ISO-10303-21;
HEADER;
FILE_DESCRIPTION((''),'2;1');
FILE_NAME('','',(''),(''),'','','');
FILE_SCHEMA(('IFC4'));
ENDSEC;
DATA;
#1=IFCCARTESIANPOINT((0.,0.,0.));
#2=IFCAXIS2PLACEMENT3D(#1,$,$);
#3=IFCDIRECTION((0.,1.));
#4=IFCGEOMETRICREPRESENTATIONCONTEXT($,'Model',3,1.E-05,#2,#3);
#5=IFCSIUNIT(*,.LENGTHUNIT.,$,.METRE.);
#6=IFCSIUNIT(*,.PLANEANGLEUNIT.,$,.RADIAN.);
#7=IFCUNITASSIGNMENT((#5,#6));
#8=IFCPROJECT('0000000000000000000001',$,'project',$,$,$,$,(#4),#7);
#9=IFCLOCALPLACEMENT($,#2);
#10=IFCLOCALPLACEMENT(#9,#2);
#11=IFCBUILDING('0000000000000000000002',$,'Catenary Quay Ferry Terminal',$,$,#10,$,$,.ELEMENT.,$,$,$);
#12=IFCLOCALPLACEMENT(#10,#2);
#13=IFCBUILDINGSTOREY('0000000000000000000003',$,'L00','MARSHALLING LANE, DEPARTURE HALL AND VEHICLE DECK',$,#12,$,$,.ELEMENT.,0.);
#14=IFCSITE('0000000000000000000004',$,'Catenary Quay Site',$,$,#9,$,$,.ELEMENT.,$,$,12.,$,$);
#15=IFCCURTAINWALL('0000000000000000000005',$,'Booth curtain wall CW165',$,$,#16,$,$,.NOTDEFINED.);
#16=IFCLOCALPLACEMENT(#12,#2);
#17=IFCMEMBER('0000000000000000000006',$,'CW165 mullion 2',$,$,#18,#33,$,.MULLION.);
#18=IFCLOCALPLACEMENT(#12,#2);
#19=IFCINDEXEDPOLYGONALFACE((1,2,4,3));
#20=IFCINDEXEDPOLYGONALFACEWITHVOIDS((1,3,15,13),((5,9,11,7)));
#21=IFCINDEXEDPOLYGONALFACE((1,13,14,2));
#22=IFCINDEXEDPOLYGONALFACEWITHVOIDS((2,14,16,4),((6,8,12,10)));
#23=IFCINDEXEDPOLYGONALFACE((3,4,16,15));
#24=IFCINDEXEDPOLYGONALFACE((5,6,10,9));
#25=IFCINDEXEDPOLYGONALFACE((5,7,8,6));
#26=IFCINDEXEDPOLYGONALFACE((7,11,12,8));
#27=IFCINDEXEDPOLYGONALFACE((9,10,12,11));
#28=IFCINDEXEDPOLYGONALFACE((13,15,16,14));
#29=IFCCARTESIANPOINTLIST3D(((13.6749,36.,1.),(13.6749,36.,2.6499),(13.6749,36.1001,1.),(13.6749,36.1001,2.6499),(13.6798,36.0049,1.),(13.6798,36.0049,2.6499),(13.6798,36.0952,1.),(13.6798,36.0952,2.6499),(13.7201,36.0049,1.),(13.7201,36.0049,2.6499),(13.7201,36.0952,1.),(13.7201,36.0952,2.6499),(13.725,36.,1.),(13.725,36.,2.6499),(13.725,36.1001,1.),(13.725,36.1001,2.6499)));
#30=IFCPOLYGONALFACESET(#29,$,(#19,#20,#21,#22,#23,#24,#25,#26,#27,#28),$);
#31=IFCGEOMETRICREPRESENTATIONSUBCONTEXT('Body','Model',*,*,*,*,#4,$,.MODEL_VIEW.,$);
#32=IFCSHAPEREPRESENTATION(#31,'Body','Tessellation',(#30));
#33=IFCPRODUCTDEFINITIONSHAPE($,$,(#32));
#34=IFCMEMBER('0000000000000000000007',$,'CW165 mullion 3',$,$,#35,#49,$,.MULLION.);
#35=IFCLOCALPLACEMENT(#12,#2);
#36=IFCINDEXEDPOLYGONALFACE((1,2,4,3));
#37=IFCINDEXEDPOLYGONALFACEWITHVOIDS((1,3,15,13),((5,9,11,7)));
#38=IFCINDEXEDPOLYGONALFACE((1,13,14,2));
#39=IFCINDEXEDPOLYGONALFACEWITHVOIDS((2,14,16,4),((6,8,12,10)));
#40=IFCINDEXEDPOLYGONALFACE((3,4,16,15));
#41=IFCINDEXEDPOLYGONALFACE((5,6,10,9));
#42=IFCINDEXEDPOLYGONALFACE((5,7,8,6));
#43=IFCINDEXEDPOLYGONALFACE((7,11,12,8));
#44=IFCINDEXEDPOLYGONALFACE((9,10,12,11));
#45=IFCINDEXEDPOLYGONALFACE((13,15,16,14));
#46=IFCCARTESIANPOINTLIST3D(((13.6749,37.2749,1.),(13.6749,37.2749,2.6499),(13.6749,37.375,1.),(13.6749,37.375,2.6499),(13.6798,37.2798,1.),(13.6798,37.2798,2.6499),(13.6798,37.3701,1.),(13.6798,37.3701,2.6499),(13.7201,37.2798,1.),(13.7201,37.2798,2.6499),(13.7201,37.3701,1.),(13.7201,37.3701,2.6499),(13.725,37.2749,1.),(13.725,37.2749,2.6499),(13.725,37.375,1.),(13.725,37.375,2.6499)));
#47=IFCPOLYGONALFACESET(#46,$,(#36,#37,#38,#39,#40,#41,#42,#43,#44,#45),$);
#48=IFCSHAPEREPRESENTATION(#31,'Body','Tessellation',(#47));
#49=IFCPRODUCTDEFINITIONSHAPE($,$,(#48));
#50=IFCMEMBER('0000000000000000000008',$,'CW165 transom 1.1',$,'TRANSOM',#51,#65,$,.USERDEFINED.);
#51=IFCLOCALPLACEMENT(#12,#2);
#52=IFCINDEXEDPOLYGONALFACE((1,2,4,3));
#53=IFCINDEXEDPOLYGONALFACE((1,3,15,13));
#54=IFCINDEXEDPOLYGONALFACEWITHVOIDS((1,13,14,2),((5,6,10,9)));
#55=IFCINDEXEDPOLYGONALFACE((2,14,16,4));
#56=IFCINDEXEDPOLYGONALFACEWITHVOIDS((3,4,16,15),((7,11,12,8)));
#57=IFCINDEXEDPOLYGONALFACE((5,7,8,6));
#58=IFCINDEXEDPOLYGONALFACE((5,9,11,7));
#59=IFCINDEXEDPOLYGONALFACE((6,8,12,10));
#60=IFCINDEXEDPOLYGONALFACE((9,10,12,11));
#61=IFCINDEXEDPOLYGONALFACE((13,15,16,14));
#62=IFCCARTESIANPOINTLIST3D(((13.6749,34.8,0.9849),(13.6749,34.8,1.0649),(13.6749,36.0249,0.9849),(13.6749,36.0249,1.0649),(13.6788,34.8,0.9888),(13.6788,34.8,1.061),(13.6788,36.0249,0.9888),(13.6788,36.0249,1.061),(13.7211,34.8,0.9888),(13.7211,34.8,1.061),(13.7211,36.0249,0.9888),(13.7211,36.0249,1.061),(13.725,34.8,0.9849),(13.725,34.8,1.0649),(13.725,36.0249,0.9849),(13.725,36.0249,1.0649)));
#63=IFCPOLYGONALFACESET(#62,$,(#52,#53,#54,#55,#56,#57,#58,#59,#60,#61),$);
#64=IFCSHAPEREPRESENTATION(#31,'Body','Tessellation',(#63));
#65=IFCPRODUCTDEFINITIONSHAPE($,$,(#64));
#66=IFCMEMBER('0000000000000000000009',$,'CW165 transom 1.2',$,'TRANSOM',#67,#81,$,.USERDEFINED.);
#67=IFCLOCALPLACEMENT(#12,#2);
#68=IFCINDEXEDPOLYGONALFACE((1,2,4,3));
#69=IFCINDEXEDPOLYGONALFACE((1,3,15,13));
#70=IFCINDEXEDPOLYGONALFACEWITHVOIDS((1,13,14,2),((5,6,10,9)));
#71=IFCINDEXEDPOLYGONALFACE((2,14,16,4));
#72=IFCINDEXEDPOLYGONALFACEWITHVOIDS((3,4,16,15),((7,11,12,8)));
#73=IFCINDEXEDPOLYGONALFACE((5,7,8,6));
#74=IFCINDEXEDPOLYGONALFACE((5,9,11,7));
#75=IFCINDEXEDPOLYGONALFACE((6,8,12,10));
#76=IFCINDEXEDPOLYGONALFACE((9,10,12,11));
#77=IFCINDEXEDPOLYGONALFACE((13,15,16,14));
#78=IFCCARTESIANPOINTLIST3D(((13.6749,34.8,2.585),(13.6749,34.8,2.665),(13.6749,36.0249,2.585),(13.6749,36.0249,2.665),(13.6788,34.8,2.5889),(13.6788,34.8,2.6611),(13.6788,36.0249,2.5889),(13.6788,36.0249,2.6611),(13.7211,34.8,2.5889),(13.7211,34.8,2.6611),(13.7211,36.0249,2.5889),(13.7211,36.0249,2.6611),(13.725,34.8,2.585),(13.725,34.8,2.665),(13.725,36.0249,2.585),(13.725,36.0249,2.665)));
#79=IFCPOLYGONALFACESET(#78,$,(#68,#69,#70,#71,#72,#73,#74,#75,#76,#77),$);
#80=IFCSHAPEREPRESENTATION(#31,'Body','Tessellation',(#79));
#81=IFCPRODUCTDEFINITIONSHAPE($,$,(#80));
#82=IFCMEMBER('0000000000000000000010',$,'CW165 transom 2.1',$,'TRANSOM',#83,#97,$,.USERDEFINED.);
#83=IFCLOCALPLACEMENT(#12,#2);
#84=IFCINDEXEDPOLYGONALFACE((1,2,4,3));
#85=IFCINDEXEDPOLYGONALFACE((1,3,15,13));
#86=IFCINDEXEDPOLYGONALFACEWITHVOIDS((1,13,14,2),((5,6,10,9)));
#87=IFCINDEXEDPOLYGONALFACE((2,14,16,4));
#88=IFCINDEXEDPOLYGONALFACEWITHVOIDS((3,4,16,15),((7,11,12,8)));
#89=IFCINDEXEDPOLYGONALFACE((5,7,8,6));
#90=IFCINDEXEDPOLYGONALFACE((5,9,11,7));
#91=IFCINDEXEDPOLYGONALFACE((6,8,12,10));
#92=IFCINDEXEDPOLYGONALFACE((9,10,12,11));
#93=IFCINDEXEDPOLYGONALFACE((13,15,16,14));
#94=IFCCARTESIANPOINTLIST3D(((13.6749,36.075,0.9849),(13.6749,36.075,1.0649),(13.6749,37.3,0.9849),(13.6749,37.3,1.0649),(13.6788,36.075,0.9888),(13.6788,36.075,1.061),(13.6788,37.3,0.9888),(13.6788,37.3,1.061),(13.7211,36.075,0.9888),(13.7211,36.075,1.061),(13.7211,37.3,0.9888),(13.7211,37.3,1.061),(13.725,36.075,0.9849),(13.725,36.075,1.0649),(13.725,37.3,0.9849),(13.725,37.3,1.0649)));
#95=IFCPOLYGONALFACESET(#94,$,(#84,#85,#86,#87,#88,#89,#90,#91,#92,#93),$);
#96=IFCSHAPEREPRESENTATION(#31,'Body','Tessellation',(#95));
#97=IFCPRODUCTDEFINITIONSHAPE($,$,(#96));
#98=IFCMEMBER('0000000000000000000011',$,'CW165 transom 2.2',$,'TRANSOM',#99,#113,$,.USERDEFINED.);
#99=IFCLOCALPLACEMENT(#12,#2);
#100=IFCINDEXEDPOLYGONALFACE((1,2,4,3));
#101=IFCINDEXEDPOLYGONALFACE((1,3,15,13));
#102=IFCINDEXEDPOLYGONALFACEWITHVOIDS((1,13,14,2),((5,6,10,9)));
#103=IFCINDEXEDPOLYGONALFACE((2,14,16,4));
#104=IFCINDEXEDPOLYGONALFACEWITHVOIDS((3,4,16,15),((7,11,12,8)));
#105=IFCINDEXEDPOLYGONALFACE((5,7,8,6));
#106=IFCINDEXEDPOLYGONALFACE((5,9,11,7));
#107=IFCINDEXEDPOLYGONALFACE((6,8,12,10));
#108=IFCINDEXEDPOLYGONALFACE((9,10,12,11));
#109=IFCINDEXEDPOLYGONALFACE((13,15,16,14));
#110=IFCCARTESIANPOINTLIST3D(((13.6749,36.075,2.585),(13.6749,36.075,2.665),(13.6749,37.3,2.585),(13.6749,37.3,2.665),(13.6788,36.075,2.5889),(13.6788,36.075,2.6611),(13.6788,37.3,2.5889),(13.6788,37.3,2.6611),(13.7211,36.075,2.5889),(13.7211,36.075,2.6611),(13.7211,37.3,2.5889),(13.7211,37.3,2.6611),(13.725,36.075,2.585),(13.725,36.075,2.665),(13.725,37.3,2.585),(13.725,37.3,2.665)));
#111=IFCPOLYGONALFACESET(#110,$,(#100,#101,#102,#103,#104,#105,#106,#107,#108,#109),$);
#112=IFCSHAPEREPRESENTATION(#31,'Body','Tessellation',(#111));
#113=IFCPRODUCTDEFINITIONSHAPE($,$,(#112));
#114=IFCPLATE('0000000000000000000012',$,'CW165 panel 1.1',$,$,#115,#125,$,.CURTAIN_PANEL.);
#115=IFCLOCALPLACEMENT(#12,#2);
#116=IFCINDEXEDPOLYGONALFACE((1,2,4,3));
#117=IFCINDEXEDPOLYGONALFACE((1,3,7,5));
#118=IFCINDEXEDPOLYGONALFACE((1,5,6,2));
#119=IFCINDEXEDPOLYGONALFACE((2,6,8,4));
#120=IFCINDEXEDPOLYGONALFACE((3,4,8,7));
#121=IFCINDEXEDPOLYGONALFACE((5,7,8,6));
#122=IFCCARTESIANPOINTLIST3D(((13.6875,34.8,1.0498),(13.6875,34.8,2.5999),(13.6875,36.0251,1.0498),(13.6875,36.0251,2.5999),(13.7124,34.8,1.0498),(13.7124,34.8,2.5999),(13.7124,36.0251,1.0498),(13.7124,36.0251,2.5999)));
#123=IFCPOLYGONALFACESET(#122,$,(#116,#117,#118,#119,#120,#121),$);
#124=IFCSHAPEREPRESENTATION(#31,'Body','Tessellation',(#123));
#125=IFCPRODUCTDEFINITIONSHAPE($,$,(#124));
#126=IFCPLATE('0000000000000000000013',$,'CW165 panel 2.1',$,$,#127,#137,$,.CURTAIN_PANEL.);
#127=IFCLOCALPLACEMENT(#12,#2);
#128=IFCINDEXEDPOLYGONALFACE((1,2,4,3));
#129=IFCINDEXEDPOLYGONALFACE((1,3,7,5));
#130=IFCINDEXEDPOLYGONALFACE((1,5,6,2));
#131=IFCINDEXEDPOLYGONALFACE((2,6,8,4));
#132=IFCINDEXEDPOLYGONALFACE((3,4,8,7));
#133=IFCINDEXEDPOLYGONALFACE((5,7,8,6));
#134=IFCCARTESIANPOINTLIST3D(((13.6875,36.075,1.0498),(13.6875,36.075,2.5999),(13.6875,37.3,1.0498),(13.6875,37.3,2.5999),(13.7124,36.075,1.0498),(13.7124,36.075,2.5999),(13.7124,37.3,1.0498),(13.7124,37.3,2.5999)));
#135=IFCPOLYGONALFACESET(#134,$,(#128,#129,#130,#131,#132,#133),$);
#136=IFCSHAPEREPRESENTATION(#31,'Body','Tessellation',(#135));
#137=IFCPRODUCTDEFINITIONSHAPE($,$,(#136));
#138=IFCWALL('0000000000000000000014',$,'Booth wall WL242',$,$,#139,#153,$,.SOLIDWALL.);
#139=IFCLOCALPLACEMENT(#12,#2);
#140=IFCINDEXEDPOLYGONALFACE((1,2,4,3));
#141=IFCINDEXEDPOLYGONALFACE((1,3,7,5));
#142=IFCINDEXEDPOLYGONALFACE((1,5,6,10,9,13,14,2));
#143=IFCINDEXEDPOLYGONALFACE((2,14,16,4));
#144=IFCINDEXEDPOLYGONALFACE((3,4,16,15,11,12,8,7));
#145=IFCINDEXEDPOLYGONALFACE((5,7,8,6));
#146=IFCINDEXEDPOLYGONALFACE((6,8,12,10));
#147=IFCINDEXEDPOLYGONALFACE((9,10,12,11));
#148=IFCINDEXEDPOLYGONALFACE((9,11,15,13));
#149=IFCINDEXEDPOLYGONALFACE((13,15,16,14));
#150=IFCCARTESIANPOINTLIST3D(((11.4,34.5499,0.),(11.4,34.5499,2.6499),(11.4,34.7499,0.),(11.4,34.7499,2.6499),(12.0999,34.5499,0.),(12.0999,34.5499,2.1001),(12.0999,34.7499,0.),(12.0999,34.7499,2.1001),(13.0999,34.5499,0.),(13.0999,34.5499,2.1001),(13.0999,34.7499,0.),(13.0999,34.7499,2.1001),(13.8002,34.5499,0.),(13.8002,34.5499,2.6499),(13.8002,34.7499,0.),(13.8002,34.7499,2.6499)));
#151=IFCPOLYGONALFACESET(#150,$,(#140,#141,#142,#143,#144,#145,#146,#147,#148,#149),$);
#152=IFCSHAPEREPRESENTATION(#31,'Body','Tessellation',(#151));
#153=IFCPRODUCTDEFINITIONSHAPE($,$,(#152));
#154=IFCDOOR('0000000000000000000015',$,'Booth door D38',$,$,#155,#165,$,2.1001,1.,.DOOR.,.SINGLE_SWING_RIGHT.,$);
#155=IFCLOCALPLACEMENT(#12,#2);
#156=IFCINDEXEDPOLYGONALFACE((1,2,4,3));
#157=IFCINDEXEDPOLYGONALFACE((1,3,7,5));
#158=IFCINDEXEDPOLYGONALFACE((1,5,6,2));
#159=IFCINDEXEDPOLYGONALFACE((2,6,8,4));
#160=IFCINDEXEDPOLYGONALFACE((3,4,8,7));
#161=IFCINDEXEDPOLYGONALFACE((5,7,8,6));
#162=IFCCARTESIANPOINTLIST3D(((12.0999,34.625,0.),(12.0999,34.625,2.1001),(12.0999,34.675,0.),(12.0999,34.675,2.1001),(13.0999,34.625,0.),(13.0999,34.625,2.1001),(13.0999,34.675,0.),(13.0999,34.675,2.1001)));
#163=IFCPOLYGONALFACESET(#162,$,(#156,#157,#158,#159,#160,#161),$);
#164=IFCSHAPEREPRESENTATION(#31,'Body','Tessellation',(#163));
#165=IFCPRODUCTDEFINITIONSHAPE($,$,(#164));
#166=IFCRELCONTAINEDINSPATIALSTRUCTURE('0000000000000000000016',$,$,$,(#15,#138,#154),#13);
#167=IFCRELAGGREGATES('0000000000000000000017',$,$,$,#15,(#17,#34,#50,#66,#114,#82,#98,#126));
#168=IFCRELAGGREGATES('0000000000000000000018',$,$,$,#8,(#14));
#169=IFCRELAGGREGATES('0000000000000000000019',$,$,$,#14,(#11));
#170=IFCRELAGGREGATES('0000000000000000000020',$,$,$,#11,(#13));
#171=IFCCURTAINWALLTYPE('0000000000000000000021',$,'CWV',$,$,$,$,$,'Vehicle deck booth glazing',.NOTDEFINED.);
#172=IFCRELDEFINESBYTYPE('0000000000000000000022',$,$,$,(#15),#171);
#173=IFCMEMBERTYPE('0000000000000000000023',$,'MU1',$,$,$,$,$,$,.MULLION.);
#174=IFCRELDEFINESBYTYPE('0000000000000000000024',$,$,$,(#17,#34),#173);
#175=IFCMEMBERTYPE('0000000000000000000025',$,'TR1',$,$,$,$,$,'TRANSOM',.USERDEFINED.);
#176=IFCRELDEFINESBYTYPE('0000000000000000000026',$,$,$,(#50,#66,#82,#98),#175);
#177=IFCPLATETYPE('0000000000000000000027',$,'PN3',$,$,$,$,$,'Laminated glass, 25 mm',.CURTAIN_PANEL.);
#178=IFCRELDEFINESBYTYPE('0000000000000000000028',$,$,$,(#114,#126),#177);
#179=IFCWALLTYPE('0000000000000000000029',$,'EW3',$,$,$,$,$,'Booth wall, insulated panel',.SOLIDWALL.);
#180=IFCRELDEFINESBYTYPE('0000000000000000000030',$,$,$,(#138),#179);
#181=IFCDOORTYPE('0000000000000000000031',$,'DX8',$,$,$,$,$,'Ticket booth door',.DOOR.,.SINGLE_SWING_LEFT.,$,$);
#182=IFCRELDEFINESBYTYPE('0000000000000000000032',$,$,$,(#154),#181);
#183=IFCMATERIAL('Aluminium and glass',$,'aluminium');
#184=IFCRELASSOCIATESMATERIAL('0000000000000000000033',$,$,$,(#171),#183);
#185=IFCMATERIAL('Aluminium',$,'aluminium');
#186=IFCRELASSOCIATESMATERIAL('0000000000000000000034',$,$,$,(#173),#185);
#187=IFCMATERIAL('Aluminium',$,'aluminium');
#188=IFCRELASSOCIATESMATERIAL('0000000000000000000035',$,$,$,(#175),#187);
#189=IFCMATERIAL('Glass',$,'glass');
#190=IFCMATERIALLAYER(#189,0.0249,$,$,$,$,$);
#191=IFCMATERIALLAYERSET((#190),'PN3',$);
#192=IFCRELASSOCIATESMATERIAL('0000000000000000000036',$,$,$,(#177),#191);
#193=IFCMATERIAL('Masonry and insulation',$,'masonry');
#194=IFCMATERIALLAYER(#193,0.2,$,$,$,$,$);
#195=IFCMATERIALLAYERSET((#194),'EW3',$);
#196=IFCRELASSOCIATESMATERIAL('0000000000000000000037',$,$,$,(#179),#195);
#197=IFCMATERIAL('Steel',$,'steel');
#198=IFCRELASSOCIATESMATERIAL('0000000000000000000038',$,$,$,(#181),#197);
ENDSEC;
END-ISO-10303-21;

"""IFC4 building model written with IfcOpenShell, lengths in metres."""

from ifc_helpers import new_model, si_unit, direction, frame, frame_2d, origin, origin_2d, place, context, subcontext, project, spatial, rectangle, hollow_rectangle, extrude, material, layer, layer_set, material_profile, profile_set, type_object, element, fill, aggregate, save


model = new_model("IFC4")

# Units and contexts
model_context = context("Model", 3, precision=1e-05, world=origin(), true_north=direction((0.0, 1.0)))
body_context = subcontext(model_context, "Body", "Model", "MODEL_VIEW")
ifc_project = project(units=[si_unit("LENGTHUNIT", "METRE"), si_unit("PLANEANGLEUNIT", "RADIAN")], contexts=[model_context])

# Site, building, storey
site_placement = place(None, origin())
site = spatial("IfcSite", under=ifc_project, at=site_placement, Name="Catenary Quay Site", CompositionType="ELEMENT", RefElevation=12.0)
building_placement = place(site_placement, origin())
building = spatial("IfcBuilding", under=site, at=building_placement, Name="Catenary Quay Ferry Terminal", CompositionType="ELEMENT")
storey_placement = place(building_placement, origin())
storey = spatial("IfcBuildingStorey", under=building, at=storey_placement, Name="L00", Description="MARSHALLING LANE, DEPARTURE HALL AND VEHICLE DECK", CompositionType="ELEMENT", Elevation=0.0)

# Curtain wall, members, plates
ifc_material_1 = material(Name="Aluminium and glass", Category="aluminium")
curtain_wall_type = type_object("IfcCurtainWallType", Name="CWV", ElementType="Vehicle deck booth glazing", PredefinedType="NOTDEFINED", material=ifc_material_1)
curtain_wall_placement = place(storey_placement, origin())
curtain_wall = element("IfcCurtainWall", 1, at=curtain_wall_placement, inside=storey, type_object=curtain_wall_type, Name="Booth curtain wall CW165", PredefinedType="NOTDEFINED")
ifc_material_2 = material(Name="Aluminium", Category="aluminium")
ifc_material_profile_1 = material_profile(ifc_material_2, hollow_rectangle(XDim=0.05, YDim=0.1001, WallThickness=0.0049, at=origin_2d()), Name="MU1")
ifc_profile_set_1 = profile_set([ifc_material_profile_1], Name="Aluminium")
member_type_1 = type_object("IfcMemberType", Name="MU1", PredefinedType="MULLION", material=ifc_profile_set_1)
member_1_placement = place(storey_placement, frame((13.7, 36.05, 1.0), z_axis=(0.0, 0.0, 1.0), x_axis=(-1.0, 0.0, 0.0)))
member_1 = element("IfcMember", 2, at=member_1_placement, type_object=member_type_1, Name="CW165 mullion 2", PredefinedType="MULLION", context=body_context, shape_type="SweptSolid", body=[
    extrude(hollow_rectangle(XDim=0.05, YDim=0.1001, WallThickness=0.0049, at=origin_2d()), origin(), (0.0, 0.0, 1.0), 1.6499),
])
member_2_placement = place(storey_placement, frame((13.7, 37.325, 1.0), z_axis=(0.0, 0.0, 1.0), x_axis=(-1.0, 0.0, 0.0)))
member_2 = element("IfcMember", 3, at=member_2_placement, type_object=member_type_1, Name="CW165 mullion 3", PredefinedType="MULLION", context=body_context, shape_type="SweptSolid", body=[
    extrude(hollow_rectangle(XDim=0.05, YDim=0.1001, WallThickness=0.0049, at=origin_2d()), origin(), (0.0, 0.0, 1.0), 1.6499),
])
ifc_material_3 = material(Name="Aluminium", Category="aluminium")
ifc_material_profile_2 = material_profile(ifc_material_3, hollow_rectangle(XDim=0.05, YDim=0.0801, WallThickness=0.0039, at=origin_2d()), Name="TR1")
ifc_profile_set_2 = profile_set([ifc_material_profile_2], Name="Aluminium")
member_type_2 = type_object("IfcMemberType", Name="TR1", ElementType="TRANSOM", PredefinedType="USERDEFINED", material=ifc_profile_set_2)
member_3_placement = place(storey_placement, frame((13.7, 34.8, 1.0249), z_axis=(0.0, 1.0, 0.0), x_axis=(-1.0, 0.0, 0.0)))
member_3 = element("IfcMember", 4, at=member_3_placement, type_object=member_type_2, Name="CW165 transom 1.1", ObjectType="TRANSOM", PredefinedType="USERDEFINED", context=body_context, shape_type="SweptSolid", body=[
    extrude(hollow_rectangle(XDim=0.05, YDim=0.0801, WallThickness=0.0039, at=origin_2d()), origin(), (0.0, 0.0, 1.0), 1.2249),
])
member_4_placement = place(storey_placement, frame((13.7, 34.8, 2.625), z_axis=(0.0, 1.0, 0.0), x_axis=(-1.0, 0.0, 0.0)))
member_4 = element("IfcMember", 5, at=member_4_placement, type_object=member_type_2, Name="CW165 transom 1.2", ObjectType="TRANSOM", PredefinedType="USERDEFINED", context=body_context, shape_type="SweptSolid", body=[
    extrude(hollow_rectangle(XDim=0.05, YDim=0.0801, WallThickness=0.0039, at=origin_2d()), origin(), (0.0, 0.0, 1.0), 1.2249),
])
member_5_placement = place(storey_placement, frame((13.7, 36.075, 1.0249), z_axis=(0.0, 1.0, 0.0), x_axis=(-1.0, 0.0, 0.0)))
member_5 = element("IfcMember", 6, at=member_5_placement, type_object=member_type_2, Name="CW165 transom 2.1", ObjectType="TRANSOM", PredefinedType="USERDEFINED", context=body_context, shape_type="SweptSolid", body=[
    extrude(hollow_rectangle(XDim=0.05, YDim=0.0801, WallThickness=0.0039, at=origin_2d()), origin(), (0.0, 0.0, 1.0), 1.2251),
])
member_6_placement = place(storey_placement, frame((13.7, 36.075, 2.625), z_axis=(0.0, 1.0, 0.0), x_axis=(-1.0, 0.0, 0.0)))
member_6 = element("IfcMember", 7, at=member_6_placement, type_object=member_type_2, Name="CW165 transom 2.2", ObjectType="TRANSOM", PredefinedType="USERDEFINED", context=body_context, shape_type="SweptSolid", body=[
    extrude(hollow_rectangle(XDim=0.05, YDim=0.0801, WallThickness=0.0039, at=origin_2d()), origin(), (0.0, 0.0, 1.0), 1.2251),
])
ifc_material_4 = material(Name="Glass", Category="glass")
ifc_layer_1 = layer(ifc_material_4, 0.0249)
ifc_layer_set_1 = layer_set([ifc_layer_1], Name="PN3")
plate_type = type_object("IfcPlateType", Name="PN3", ElementType="Laminated glass, 25 mm", PredefinedType="CURTAIN_PANEL", material=ifc_layer_set_1)
plate_1_placement = place(storey_placement, frame((13.7, 35.4126, 1.0498), z_axis=(0.0, 0.0, 1.0), x_axis=(0.0, 1.0, 0.0)))
plate_1 = element("IfcPlate", 8, at=plate_1_placement, type_object=plate_type, Name="CW165 panel 1.1", PredefinedType="CURTAIN_PANEL", context=body_context, shape_type="SweptSolid", body=[
    extrude(rectangle(XDim=1.2251, YDim=0.0249, at=origin_2d()), origin(), (0.0, 0.0, 1.0), 1.55),
])
plate_2_placement = place(storey_placement, frame((13.7, 36.6875, 1.0498), z_axis=(0.0, 0.0, 1.0), x_axis=(0.0, 1.0, 0.0)))
plate_2 = element("IfcPlate", 9, at=plate_2_placement, type_object=plate_type, Name="CW165 panel 2.1", PredefinedType="CURTAIN_PANEL", context=body_context, shape_type="SweptSolid", body=[
    extrude(rectangle(XDim=1.2251, YDim=0.0249, at=origin_2d()), origin(), (0.0, 0.0, 1.0), 1.55),
])
aggregate(curtain_wall, [member_1, member_2, member_3, member_4, plate_1, member_5, member_6, plate_2])

# Wall, opening, door
ifc_material_5 = material(Name="Masonry and insulation", Category="masonry")
ifc_layer_2 = layer(ifc_material_5, 0.2)
ifc_layer_set_2 = layer_set([ifc_layer_2], Name="EW3")
wall_type = type_object("IfcWallType", Name="EW3", ElementType="Booth wall, insulated panel", PredefinedType="SOLIDWALL", material=ifc_layer_set_2)
wall_1_placement = place(storey_placement, frame((11.3999, 34.6499, 0.0), z_axis=(0.0, 0.0, 1.0), x_axis=(1.0, 0.0, 0.0)))
wall_1 = element("IfcWall", 10, at=wall_1_placement, inside=storey, type_object=wall_type, Name="Booth wall WL242", PredefinedType="SOLIDWALL", context=body_context, shape_type="SweptSolid", body=[
    extrude(rectangle(XDim=2.4001, YDim=0.2, at=frame_2d((1.2002, 0.0))), origin(), (0.0, 0.0, 1.0), 2.6499),
])
opening_1_placement = place(wall_1_placement, frame((0.7, 0.0, 0.0)))
opening_1 = element("IfcOpeningElement", 11, at=opening_1_placement, cuts=wall_1, PredefinedType="OPENING", context=body_context, shape_type="SweptSolid", body=[
    extrude(rectangle(XDim=1.0, YDim=2.1001, at=frame_2d((0.5, 1.05))), frame((0.0, 0.1099, 0.0), z_axis=(0.0, -1.0, 0.0), x_axis=(1.0, 0.0, 0.0)), (0.0, 0.0, 1.0), 0.22),
])
ifc_material_6 = material(Name="Steel", Category="steel")
door_type = type_object("IfcDoorType", Name="DX8", ElementType="Ticket booth door", OperationType="SINGLE_SWING_LEFT", PredefinedType="DOOR", material=ifc_material_6)
door_placement = place(opening_1_placement, frame((1.0, 0.0, 0.0), z_axis=(0.0, 0.0, 1.0), x_axis=(-1.0, 0.0, 0.0)))
door = element("IfcDoor", 12, at=door_placement, inside=storey, type_object=door_type, Name="Booth door D38", OperationType="SINGLE_SWING_RIGHT", OverallHeight=2.1001, OverallWidth=1.0, PredefinedType="DOOR", context=body_context, shape_type="SweptSolid", body=[
    extrude(rectangle(XDim=1.0, YDim=2.1001, at=frame_2d((0.5, 1.05))), frame((0.0, 0.0249, 0.0), z_axis=(0.0, -1.0, 0.0), x_axis=(1.0, 0.0, 0.0)), (0.0, 0.0, 1.0), 0.05),
])
fill(opening_1, door)

save(model, "model.ifc")
